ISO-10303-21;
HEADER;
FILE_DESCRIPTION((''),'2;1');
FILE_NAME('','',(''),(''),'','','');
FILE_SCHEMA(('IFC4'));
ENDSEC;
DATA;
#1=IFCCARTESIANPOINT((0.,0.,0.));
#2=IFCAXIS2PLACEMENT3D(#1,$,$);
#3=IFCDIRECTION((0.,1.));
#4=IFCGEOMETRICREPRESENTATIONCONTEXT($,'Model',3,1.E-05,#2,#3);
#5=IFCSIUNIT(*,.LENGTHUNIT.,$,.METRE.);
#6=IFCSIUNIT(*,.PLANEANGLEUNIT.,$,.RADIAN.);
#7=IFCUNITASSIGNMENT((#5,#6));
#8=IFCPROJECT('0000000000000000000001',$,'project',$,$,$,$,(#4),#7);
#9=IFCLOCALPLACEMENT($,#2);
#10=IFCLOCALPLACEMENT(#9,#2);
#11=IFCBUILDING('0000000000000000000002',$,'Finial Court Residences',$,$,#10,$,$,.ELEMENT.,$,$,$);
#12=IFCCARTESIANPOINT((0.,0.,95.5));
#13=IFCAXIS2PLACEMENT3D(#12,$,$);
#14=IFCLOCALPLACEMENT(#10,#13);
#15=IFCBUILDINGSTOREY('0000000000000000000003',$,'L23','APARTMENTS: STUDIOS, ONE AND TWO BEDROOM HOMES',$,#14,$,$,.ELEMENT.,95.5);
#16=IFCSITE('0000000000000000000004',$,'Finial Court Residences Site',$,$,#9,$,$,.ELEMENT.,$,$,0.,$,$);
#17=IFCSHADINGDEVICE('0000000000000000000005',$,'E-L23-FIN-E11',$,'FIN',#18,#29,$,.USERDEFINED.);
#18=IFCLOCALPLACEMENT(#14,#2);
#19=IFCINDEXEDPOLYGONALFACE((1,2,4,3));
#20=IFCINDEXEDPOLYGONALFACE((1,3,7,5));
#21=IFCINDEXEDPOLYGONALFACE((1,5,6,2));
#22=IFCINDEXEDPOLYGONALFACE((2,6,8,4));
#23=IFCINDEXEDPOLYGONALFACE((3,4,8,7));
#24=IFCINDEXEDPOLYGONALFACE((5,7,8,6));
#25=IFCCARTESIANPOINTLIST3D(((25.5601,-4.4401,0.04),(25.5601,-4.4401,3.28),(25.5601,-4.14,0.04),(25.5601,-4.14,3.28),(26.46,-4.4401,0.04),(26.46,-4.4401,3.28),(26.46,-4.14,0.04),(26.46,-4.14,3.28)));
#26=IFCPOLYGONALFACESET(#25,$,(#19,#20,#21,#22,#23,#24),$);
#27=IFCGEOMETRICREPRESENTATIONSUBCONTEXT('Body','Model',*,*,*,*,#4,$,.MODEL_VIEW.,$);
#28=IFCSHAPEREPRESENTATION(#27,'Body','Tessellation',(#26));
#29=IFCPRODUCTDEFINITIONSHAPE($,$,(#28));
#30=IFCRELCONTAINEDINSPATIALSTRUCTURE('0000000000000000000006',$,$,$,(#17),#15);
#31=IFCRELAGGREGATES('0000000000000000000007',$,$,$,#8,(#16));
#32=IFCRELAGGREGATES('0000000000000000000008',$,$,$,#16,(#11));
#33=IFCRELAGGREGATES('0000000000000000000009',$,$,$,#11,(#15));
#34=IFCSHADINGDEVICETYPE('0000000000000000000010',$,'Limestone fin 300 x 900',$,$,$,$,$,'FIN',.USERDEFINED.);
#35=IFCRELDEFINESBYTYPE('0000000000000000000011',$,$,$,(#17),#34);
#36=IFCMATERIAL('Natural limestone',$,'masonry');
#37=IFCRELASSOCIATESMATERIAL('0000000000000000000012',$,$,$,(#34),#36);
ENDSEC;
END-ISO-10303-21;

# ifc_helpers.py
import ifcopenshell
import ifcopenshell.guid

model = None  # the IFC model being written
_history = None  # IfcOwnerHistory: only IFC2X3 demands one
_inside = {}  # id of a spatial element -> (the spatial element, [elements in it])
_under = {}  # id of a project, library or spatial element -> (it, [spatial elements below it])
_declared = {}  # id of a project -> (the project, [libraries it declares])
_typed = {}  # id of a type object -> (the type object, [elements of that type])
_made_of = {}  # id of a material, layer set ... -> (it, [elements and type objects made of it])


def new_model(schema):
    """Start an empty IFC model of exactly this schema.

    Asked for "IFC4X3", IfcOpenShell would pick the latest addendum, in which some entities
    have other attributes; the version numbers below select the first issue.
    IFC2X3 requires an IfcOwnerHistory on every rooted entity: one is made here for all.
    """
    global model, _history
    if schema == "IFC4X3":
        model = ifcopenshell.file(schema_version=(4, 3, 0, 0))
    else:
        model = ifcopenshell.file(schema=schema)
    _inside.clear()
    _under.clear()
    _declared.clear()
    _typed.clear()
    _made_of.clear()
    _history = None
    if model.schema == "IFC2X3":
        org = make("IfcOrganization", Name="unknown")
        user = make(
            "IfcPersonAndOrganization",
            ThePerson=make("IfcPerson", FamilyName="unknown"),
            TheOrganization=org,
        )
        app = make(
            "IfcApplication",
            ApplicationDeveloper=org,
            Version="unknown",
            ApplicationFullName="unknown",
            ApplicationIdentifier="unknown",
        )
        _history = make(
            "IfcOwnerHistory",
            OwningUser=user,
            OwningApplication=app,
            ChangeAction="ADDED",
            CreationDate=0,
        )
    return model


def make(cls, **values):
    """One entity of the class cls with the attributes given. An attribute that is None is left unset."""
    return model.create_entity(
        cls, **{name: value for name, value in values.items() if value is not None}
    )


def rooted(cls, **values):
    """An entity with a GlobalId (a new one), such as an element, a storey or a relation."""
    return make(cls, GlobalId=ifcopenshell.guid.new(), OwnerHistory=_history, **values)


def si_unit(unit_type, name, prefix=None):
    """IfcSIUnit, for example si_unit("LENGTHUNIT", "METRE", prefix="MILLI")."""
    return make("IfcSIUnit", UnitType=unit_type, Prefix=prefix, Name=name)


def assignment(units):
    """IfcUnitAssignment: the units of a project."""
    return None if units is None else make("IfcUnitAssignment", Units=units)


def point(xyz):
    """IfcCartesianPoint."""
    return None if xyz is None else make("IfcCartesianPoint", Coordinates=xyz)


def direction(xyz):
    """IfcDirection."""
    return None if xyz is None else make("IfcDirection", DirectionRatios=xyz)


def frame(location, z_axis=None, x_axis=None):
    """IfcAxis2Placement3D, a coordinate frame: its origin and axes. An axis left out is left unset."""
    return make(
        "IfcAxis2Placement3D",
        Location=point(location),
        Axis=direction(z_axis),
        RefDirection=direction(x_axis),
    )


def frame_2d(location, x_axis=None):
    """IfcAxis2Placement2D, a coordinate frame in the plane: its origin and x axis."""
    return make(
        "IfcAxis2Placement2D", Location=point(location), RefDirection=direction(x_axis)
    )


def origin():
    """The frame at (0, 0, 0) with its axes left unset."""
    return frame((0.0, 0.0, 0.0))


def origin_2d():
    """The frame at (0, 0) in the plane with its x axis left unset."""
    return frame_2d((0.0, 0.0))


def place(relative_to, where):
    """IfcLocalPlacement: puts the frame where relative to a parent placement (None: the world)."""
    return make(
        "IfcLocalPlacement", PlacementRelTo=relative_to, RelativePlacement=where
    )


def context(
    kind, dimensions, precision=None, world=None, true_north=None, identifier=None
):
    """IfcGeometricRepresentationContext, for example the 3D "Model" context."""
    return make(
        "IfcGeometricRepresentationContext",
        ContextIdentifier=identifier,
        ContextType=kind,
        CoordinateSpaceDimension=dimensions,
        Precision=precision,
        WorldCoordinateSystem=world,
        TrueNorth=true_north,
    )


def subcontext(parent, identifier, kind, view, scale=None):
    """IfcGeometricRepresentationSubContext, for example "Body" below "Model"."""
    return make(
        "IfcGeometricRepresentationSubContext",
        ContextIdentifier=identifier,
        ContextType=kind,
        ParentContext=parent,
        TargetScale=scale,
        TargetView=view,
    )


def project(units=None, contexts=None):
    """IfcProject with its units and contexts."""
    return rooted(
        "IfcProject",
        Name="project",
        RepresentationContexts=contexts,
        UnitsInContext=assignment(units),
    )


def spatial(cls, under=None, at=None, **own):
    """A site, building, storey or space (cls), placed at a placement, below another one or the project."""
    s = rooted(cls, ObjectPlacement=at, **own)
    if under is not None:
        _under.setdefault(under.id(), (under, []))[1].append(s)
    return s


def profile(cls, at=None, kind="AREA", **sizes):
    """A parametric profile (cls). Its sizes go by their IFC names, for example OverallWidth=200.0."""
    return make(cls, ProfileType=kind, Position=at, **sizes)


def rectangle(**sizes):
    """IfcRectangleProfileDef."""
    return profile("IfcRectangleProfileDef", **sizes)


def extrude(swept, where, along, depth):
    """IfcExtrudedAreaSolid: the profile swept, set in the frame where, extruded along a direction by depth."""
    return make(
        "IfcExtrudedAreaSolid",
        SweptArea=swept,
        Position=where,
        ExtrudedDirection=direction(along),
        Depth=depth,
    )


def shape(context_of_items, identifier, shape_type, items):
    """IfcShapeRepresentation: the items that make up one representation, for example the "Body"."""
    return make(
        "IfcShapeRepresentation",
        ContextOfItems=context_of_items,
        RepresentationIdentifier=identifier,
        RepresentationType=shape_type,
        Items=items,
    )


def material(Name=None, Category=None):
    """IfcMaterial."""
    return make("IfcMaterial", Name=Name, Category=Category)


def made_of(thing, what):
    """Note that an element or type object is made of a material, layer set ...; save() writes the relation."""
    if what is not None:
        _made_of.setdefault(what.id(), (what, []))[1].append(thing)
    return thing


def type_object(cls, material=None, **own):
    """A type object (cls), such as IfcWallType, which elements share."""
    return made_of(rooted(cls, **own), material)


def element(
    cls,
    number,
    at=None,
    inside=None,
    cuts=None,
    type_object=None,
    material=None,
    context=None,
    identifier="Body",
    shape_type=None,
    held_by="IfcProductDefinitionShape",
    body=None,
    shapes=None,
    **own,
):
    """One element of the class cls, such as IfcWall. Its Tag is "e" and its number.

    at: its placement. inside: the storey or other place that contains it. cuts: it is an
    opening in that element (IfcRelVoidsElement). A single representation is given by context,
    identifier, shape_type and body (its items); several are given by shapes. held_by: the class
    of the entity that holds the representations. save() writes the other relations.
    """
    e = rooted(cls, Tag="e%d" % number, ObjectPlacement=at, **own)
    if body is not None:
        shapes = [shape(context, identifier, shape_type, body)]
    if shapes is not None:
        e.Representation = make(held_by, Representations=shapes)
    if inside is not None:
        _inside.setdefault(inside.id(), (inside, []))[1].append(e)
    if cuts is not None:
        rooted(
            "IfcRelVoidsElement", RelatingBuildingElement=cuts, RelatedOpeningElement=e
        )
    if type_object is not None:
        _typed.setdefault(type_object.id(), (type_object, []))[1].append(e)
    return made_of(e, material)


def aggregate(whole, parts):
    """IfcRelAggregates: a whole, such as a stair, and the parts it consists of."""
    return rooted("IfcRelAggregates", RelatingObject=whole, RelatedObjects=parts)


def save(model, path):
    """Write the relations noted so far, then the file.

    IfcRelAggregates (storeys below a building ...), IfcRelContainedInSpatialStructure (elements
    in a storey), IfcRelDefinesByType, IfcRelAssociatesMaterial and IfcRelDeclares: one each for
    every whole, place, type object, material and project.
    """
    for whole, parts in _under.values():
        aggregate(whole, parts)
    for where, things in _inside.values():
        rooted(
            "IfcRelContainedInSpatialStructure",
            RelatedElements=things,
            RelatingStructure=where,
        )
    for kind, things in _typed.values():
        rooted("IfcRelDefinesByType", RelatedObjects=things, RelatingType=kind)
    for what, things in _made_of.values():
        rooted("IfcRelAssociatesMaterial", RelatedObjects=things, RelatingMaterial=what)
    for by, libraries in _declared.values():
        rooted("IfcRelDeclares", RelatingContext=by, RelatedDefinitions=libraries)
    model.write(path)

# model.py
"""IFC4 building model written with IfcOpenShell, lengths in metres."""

from ifc_helpers import new_model, si_unit, direction, frame, origin, origin_2d, place, context, subcontext, project, spatial, rectangle, extrude, material, type_object, element, save


model = new_model("IFC4")

# Units and contexts
model_context = context("Model", 3, precision=1e-05, world=origin(), true_north=direction((0.0, 1.0)))
body_context = subcontext(model_context, "Body", "Model", "MODEL_VIEW")
ifc_project = project(units=[si_unit("LENGTHUNIT", "METRE"), si_unit("PLANEANGLEUNIT", "RADIAN")], contexts=[model_context])

# Site, building, storey
site_placement = place(None, origin())
site = spatial("IfcSite", under=ifc_project, at=site_placement, Name="Finial Court Residences Site", CompositionType="ELEMENT", RefElevation=0.0)
building_placement = place(site_placement, origin())
building = spatial("IfcBuilding", under=site, at=building_placement, Name="Finial Court Residences", CompositionType="ELEMENT")
storey_placement = place(building_placement, frame((0.0, 0.0, 95.5)))
storey = spatial("IfcBuildingStorey", under=building, at=storey_placement, Name="L23", Description="APARTMENTS: STUDIOS, ONE AND TWO BEDROOM HOMES", CompositionType="ELEMENT", Elevation=95.5)

# Shared definitions
ifc_material_1 = material(Name="Natural limestone", Category="masonry")

# Shading device
shading_device_type = type_object("IfcShadingDeviceType", Name="Limestone fin 300 x 900", ElementType="FIN", PredefinedType="USERDEFINED", material=ifc_material_1)
shading_device_1_placement = place(storey_placement, frame((26.01, -4.29, 0.04), z_axis=(0.0, 0.0, 1.0), x_axis=(1.0, 0.0, 0.0)))
element("IfcShadingDevice", 1, at=shading_device_1_placement, inside=storey, type_object=shading_device_type, Name="E-L23-FIN-E11", ObjectType="FIN", PredefinedType="USERDEFINED", context=body_context, shape_type="SweptSolid", body=[
    extrude(rectangle(XDim=0.8999, YDim=0.3, at=origin_2d()), origin(), (0.0, 0.0, 1.0), 3.24),
])

save(model, "model.ifc")
